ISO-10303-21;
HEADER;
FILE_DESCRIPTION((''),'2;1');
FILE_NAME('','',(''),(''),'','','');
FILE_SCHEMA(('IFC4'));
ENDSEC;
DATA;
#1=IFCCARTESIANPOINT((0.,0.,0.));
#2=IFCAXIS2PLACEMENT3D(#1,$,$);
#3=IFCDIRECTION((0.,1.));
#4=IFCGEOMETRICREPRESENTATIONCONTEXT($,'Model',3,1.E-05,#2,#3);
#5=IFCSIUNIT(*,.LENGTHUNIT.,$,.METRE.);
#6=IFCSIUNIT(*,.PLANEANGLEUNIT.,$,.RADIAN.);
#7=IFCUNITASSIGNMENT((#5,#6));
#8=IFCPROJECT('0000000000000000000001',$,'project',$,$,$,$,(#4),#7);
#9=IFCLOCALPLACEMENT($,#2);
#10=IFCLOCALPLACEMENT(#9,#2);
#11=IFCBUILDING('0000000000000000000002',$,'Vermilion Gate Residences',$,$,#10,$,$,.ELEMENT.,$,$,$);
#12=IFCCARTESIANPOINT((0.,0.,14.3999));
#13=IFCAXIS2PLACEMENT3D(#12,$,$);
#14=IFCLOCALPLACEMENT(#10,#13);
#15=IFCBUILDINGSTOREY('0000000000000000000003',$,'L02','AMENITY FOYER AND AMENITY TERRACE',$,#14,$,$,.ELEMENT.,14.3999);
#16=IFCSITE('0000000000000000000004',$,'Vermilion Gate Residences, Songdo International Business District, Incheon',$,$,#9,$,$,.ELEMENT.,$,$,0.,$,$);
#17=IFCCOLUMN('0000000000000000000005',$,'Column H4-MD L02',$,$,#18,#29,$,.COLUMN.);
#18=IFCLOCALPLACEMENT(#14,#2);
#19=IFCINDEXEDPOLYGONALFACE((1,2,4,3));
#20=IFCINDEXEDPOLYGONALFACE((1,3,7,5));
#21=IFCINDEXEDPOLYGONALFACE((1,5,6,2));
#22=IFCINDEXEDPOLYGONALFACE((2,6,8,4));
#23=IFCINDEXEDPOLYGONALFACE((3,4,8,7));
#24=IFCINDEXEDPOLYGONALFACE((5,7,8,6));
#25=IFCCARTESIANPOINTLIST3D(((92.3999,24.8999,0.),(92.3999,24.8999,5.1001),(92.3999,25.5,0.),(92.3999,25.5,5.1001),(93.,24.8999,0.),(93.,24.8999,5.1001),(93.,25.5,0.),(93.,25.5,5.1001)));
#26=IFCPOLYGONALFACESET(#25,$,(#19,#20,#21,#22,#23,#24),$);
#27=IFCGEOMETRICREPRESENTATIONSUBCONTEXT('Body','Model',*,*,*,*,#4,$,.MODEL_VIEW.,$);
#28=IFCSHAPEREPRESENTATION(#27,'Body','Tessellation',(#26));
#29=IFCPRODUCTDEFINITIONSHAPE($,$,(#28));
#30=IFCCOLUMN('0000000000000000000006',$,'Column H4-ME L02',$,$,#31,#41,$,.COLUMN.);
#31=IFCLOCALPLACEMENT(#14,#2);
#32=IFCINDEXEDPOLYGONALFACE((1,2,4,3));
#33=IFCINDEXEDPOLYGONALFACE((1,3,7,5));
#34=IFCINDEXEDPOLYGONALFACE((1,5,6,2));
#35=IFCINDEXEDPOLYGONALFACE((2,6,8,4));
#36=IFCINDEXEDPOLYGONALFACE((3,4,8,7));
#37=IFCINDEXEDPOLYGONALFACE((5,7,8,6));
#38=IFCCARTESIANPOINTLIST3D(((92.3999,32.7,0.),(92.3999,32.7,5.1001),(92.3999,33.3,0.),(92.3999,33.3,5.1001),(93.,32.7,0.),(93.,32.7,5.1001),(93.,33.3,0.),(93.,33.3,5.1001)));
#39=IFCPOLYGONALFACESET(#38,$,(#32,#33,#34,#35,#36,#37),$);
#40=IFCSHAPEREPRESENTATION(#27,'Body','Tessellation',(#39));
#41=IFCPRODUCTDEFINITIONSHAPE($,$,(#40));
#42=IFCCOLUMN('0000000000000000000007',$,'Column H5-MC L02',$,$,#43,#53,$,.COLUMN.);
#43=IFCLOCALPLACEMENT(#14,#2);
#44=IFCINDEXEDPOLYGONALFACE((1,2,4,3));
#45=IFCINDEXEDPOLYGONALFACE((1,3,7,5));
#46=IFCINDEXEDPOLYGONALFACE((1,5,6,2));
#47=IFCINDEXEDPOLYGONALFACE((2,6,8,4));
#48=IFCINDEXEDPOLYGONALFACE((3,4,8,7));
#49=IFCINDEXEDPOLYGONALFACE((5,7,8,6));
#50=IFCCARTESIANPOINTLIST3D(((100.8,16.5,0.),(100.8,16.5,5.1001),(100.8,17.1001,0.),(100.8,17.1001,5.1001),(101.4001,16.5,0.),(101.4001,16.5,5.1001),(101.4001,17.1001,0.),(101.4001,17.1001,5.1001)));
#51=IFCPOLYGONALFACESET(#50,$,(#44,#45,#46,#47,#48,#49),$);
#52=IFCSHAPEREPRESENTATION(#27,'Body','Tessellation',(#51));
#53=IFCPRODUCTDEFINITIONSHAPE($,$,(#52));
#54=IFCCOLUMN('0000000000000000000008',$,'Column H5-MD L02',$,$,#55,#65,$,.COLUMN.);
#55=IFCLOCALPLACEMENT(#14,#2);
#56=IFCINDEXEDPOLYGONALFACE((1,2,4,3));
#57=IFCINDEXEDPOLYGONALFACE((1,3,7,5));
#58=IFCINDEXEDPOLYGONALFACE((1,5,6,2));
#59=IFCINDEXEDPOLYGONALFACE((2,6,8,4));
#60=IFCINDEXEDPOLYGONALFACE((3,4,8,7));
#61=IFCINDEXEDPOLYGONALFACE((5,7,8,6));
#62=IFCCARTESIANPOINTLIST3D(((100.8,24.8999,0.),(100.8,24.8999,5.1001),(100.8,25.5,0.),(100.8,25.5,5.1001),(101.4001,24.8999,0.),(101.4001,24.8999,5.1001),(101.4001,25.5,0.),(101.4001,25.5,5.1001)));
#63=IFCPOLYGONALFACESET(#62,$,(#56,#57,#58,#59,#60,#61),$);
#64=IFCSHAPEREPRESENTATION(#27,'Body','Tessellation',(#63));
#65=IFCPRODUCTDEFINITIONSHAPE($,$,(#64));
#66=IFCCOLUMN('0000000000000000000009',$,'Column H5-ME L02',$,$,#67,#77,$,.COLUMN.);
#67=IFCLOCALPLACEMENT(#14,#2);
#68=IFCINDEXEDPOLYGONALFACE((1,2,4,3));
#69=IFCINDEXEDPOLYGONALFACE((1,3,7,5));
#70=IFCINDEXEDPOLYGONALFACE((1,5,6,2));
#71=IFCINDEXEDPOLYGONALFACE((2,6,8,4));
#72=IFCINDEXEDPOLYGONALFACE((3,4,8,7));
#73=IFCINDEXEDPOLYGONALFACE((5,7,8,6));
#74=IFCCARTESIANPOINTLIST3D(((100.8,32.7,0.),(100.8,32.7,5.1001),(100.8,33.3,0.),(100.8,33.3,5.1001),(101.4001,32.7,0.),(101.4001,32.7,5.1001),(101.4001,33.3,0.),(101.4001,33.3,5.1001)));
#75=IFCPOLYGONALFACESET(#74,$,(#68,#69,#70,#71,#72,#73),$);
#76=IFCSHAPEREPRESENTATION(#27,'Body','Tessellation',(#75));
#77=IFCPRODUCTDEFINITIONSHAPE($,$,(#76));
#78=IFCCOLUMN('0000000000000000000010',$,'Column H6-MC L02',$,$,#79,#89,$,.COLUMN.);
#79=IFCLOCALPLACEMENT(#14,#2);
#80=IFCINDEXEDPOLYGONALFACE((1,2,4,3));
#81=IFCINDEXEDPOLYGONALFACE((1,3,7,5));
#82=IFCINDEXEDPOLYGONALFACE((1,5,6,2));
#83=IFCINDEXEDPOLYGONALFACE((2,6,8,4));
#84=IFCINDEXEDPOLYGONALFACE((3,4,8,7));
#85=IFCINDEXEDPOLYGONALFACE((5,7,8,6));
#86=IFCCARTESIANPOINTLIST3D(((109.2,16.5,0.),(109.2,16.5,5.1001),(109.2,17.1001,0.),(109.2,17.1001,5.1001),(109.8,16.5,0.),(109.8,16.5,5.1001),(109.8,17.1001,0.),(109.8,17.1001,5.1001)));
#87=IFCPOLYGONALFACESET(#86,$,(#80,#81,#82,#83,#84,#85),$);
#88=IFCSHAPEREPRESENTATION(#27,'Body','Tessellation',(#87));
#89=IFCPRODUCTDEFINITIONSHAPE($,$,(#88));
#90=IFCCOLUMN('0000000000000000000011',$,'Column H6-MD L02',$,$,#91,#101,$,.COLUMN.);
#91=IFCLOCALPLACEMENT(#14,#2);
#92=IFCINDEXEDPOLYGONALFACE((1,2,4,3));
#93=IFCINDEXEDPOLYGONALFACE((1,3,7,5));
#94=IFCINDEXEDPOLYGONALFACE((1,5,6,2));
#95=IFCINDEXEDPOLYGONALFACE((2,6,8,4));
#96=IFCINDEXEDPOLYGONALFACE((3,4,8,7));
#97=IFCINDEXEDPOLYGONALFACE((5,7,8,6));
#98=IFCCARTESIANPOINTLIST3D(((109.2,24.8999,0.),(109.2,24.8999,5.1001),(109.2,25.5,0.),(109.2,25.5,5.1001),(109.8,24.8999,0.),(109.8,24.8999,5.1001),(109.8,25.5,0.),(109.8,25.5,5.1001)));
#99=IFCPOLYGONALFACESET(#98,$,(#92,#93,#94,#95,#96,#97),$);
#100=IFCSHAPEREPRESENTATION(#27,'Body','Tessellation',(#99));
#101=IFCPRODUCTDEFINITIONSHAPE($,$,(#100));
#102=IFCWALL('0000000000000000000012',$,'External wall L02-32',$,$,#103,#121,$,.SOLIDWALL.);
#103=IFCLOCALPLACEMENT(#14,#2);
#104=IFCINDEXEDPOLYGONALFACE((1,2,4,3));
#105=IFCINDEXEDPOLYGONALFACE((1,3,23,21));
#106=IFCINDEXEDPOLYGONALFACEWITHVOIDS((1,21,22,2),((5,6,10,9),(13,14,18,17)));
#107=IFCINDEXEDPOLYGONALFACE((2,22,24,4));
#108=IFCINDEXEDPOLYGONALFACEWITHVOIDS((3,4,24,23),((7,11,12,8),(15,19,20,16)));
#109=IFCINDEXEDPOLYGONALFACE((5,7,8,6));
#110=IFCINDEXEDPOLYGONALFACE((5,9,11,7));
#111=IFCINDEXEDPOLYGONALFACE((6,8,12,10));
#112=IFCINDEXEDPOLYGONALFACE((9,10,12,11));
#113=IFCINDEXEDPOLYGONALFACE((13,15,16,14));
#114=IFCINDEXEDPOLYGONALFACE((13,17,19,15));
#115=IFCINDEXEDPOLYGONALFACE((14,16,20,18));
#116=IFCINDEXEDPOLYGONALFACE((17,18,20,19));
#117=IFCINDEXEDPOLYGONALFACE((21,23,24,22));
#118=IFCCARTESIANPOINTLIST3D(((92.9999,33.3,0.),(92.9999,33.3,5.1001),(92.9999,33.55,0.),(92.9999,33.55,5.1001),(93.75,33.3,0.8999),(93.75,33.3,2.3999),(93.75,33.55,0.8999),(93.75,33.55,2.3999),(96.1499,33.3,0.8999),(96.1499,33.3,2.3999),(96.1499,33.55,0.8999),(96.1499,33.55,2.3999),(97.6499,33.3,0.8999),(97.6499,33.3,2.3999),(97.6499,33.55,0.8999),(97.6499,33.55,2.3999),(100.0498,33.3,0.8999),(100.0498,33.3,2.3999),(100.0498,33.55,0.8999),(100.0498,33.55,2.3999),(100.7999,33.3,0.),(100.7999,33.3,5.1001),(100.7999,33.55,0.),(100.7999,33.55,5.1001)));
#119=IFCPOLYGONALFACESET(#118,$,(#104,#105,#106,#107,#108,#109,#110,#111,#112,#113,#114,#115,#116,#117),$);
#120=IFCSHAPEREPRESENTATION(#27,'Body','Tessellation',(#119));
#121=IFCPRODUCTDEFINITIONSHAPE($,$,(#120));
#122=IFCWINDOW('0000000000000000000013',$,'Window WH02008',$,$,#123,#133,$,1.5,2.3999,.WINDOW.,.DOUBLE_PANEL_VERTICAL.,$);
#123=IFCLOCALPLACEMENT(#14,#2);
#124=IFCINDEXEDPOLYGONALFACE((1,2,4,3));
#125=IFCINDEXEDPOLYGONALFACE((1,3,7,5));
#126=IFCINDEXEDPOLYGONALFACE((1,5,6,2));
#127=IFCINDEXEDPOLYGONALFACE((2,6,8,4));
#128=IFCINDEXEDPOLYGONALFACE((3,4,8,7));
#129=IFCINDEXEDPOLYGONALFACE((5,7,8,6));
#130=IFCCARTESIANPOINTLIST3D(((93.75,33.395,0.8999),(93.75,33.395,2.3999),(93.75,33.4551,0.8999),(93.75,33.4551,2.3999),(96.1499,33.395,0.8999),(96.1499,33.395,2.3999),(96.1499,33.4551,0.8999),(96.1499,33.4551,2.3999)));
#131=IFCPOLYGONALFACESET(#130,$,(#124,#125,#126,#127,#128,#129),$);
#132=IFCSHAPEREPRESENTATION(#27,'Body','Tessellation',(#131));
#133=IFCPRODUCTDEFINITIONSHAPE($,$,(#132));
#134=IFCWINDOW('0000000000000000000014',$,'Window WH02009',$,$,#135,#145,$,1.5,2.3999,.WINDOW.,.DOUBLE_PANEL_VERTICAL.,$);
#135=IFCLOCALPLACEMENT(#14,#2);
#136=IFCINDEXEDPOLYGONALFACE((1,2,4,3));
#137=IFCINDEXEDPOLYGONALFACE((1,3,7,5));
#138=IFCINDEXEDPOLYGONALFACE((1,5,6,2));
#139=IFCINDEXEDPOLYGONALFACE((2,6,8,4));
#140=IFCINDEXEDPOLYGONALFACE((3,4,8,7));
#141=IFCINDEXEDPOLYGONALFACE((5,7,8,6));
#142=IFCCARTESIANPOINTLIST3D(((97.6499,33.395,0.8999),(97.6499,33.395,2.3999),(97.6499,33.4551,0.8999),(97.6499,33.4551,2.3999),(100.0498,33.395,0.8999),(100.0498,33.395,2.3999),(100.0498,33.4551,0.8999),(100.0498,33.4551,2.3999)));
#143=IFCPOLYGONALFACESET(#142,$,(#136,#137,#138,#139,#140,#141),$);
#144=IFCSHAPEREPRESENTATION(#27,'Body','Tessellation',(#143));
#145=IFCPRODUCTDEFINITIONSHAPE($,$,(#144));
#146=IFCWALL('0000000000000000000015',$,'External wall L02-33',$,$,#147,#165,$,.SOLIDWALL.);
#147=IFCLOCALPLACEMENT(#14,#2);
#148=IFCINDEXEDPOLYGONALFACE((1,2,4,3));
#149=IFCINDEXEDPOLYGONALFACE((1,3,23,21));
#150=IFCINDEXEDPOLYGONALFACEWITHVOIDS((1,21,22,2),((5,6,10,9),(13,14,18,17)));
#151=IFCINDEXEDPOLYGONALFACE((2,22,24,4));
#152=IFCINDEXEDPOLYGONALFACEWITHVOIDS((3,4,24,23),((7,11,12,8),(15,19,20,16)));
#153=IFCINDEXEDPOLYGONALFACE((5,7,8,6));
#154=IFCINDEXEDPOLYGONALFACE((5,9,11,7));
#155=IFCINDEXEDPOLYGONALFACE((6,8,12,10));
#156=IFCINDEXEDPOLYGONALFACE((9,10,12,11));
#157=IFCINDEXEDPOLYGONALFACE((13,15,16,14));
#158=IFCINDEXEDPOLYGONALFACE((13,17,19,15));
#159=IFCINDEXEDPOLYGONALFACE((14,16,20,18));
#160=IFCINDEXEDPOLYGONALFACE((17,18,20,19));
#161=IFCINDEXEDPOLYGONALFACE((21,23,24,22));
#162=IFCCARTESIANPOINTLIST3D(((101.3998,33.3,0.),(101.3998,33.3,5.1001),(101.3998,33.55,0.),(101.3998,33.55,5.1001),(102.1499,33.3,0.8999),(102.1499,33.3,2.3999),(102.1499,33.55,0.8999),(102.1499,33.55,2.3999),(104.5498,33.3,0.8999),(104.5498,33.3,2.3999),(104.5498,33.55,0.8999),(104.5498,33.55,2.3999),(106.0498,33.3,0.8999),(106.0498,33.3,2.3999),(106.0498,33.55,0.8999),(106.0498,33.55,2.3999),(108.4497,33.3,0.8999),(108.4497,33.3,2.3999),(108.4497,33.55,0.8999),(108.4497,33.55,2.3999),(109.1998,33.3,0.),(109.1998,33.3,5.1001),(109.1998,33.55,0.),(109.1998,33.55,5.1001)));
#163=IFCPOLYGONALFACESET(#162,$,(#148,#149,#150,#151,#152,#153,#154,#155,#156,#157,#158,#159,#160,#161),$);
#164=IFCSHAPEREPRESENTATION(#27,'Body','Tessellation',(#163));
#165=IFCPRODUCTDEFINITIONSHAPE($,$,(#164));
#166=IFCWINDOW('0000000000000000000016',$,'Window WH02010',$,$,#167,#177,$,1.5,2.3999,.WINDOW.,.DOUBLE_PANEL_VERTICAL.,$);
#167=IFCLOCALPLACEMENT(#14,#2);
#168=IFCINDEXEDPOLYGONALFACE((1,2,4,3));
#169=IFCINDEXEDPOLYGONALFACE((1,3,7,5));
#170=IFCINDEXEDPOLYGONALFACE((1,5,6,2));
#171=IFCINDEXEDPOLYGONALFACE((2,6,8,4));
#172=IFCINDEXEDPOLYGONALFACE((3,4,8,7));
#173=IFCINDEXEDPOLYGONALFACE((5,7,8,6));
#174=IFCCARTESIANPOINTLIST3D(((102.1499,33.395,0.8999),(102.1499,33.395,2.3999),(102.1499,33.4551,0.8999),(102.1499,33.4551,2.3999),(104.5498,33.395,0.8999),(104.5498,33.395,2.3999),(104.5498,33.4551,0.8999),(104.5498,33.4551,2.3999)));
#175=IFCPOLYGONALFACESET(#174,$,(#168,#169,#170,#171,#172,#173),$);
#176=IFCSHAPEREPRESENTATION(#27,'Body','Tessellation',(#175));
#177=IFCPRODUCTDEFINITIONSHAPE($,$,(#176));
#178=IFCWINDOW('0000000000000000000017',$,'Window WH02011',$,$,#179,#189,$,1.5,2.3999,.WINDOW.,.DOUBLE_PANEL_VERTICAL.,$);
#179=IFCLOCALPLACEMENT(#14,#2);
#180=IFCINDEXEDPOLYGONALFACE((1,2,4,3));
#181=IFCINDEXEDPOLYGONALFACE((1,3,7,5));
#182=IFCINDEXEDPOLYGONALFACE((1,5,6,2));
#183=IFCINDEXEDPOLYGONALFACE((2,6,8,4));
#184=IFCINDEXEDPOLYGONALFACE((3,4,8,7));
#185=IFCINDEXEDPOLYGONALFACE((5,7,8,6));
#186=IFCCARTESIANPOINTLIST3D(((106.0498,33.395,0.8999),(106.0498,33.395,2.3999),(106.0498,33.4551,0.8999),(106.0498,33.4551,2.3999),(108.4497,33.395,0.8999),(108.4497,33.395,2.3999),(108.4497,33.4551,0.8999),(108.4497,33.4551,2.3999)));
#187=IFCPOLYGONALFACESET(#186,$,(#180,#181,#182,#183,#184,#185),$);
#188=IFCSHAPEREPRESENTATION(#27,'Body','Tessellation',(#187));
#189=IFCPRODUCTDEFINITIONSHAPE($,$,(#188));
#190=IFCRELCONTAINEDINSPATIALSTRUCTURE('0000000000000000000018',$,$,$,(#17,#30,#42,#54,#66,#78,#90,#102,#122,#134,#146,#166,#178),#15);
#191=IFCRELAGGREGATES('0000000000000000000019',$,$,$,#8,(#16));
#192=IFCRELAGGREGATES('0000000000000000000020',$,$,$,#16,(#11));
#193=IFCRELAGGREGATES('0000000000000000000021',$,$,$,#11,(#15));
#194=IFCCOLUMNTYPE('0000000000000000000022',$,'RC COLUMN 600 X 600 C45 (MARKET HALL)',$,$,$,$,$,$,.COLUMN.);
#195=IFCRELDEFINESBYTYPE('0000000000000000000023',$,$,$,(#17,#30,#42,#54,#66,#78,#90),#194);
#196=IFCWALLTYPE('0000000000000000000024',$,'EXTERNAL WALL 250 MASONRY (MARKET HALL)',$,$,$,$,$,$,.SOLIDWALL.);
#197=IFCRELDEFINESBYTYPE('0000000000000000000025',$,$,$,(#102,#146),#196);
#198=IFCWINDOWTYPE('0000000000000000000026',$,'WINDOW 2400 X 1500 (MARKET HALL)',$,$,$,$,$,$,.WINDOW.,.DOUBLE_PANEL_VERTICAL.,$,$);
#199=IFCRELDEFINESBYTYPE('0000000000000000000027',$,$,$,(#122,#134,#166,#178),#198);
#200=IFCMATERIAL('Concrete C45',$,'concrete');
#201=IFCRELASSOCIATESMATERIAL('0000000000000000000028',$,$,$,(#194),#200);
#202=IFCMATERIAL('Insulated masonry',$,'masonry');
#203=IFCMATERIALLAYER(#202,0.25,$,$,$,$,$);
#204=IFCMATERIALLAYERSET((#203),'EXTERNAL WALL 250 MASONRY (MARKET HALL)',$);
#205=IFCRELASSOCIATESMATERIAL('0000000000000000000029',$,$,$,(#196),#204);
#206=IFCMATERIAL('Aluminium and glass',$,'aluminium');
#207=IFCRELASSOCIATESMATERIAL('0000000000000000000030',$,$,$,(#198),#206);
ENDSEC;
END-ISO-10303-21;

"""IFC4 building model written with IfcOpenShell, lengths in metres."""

from ifc_helpers import new_model, si_unit, direction, frame, frame_2d, origin, origin_2d, place, context, subcontext, project, spatial, rectangle, extrude, material, layer, layer_set, material_profile, profile_set, type_object, element, fill, save


model = new_model("IFC4")

# Units and contexts
model_context = context("Model", 3, precision=1e-05, world=origin(), true_north=direction((0.0, 1.0)))
body_context = subcontext(model_context, "Body", "Model", "MODEL_VIEW")
ifc_project = project(units=[si_unit("LENGTHUNIT", "METRE"), si_unit("PLANEANGLEUNIT", "RADIAN")], contexts=[model_context])

# Site, building, storey
site_placement = place(None, origin())
site = spatial("IfcSite", under=ifc_project, at=site_placement, Name="Vermilion Gate Residences, Songdo International Business District, Incheon", CompositionType="ELEMENT", RefElevation=0.0)
building_placement = place(site_placement, origin())
building = spatial("IfcBuilding", under=site, at=building_placement, Name="Vermilion Gate Residences", CompositionType="ELEMENT")
storey_placement = place(building_placement, frame((0.0, 0.0, 14.3999)))
storey = spatial("IfcBuildingStorey", under=building, at=storey_placement, Name="L02", Description="AMENITY FOYER AND AMENITY TERRACE", CompositionType="ELEMENT", Elevation=14.3999)

# Columns
ifc_material_1 = material(Name="Concrete C45", Category="concrete")
ifc_material_profile = material_profile(ifc_material_1, rectangle(XDim=0.6001, YDim=0.6001, at=origin_2d()), Name="RC COLUMN 600 X 600 C45 (MARKET HALL)")
ifc_profile_set = profile_set([ifc_material_profile], Name="Concrete C45")
column_type = type_object("IfcColumnType", Name="RC COLUMN 600 X 600 C45 (MARKET HALL)", PredefinedType="COLUMN", material=ifc_profile_set)
for number, where, z_axis, x_axis, name in (
    (1, (92.7, 25.2, 0.0), (0.0, 0.0, 1.0), (1.0, 0.0, 0.0), "Column H4-MD L02"),
    (2, (92.7, 33.0, 0.0), (0.0, 0.0, 1.0), (1.0, 0.0, 0.0), "Column H4-ME L02"),
    (3, (101.1001, 16.8, 0.0), (0.0, 0.0, 1.0), (1.0, 0.0, 0.0), "Column H5-MC L02"),
    (4, (101.1001, 25.2, 0.0), (0.0, 0.0, 1.0), (1.0, 0.0, 0.0), "Column H5-MD L02"),
    (5, (101.1001, 33.0, 0.0), (0.0, 0.0, 1.0), (1.0, 0.0, 0.0), "Column H5-ME L02"),
    (6, (109.5, 16.8, 0.0), (0.0, 0.0, 1.0), (1.0, 0.0, 0.0), "Column H6-MC L02"),
    (7, (109.5, 25.2, 0.0), (0.0, 0.0, 1.0), (1.0, 0.0, 0.0), "Column H6-MD L02"),
):
    element("IfcColumn", number, at=place(storey_placement, frame(where, z_axis=z_axis, x_axis=x_axis)), inside=storey, type_object=column_type, Name=name, PredefinedType="COLUMN", context=body_context, shape_type="SweptSolid", body=[
        extrude(rectangle(XDim=0.6001, YDim=0.6001, at=origin_2d()), origin(), (0.0, 0.0, 1.0), 5.1001),
    ])

# Walls, openings, windows
ifc_material_2 = material(Name="Insulated masonry", Category="masonry")
ifc_layer_1 = layer(ifc_material_2, 0.25)
ifc_layer_set_1 = layer_set([ifc_layer_1], Name="EXTERNAL WALL 250 MASONRY (MARKET HALL)")
wall_type_1 = type_object("IfcWallType", Name="EXTERNAL WALL 250 MASONRY (MARKET HALL)", PredefinedType="SOLIDWALL", material=ifc_layer_set_1)
wall_1_placement = place(storey_placement, frame((93.0, 33.425, 0.0), z_axis=(0.0, 0.0, 1.0), x_axis=(1.0, 0.0, 0.0)))
wall_1 = element("IfcWall", 8, at=wall_1_placement, inside=storey, type_object=wall_type_1, Name="External wall L02-32", PredefinedType="SOLIDWALL", context=body_context, shape_type="SweptSolid", body=[
    extrude(rectangle(XDim=7.8, YDim=0.25, at=frame_2d((3.8999, 0.0))), origin(), (0.0, 0.0, 1.0), 5.1001),
])
opening_1_placement = place(wall_1_placement, frame((0.75, 0.0, 0.8999)))
opening_1 = element("IfcOpeningElement", 9, at=opening_1_placement, cuts=wall_1, PredefinedType="OPENING", context=body_context, shape_type="SweptSolid", body=[
    extrude(rectangle(XDim=2.3999, YDim=1.5, at=frame_2d((1.2, 0.75))), frame((0.0, 0.135, 0.0), z_axis=(0.0, -1.0, 0.0), x_axis=(1.0, 0.0, 0.0)), (0.0, 0.0, 1.0), 0.27),
])
opening_2_placement = place(wall_1_placement, frame((4.6499, 0.0, 0.8999)))
opening_2 = element("IfcOpeningElement", 10, at=opening_2_placement, cuts=wall_1, PredefinedType="OPENING", context=body_context, shape_type="SweptSolid", body=[
    extrude(rectangle(XDim=2.3999, YDim=1.5, at=frame_2d((1.2, 0.75))), frame((0.0, 0.135, 0.0), z_axis=(0.0, -1.0, 0.0), x_axis=(1.0, 0.0, 0.0)), (0.0, 0.0, 1.0), 0.27),
])
ifc_material_3 = material(Name="Aluminium and glass", Category="aluminium")
window_type = type_object("IfcWindowType", Name="WINDOW 2400 X 1500 (MARKET HALL)", PartitioningType="DOUBLE_PANEL_VERTICAL", PredefinedType="WINDOW", material=ifc_material_3)
window_1_placement = place(opening_1_placement, origin())
window_1 = element("IfcWindow", 11, at=window_1_placement, inside=storey, type_object=window_type, Name="Window WH02008", OverallHeight=1.5, OverallWidth=2.3999, PartitioningType="DOUBLE_PANEL_VERTICAL", PredefinedType="WINDOW", context=body_context, shape_type="SweptSolid", body=[
    extrude(rectangle(XDim=2.3999, YDim=1.5, at=frame_2d((1.2, 0.75))), frame((0.0, 0.03, 0.0), z_axis=(0.0, -1.0, 0.0), x_axis=(1.0, 0.0, 0.0)), (0.0, 0.0, 1.0), 0.0601),
])
fill(opening_1, window_1)
window_2_placement = place(opening_2_placement, origin())
window_2 = element("IfcWindow", 12, at=window_2_placement, inside=storey, type_object=window_type, Name="Window WH02009", OverallHeight=1.5, OverallWidth=2.3999, PartitioningType="DOUBLE_PANEL_VERTICAL", PredefinedType="WINDOW", context=body_context, shape_type="SweptSolid", body=[
    extrude(rectangle(XDim=2.3999, YDim=1.5, at=frame_2d((1.2, 0.75))), frame((0.0, 0.03, 0.0), z_axis=(0.0, -1.0, 0.0), x_axis=(1.0, 0.0, 0.0)), (0.0, 0.0, 1.0), 0.0601),
])
fill(opening_2, window_2)
wall_2_placement = place(storey_placement, frame((101.3999, 33.425, 0.0), z_axis=(0.0, 0.0, 1.0), x_axis=(1.0, 0.0, 0.0)))
wall_2 = element("IfcWall", 13, at=wall_2_placement, inside=storey, type_object=wall_type_1, Name="External wall L02-33", PredefinedType="SOLIDWALL", context=body_context, shape_type="SweptSolid", body=[
    extrude(rectangle(XDim=7.8, YDim=0.25, at=frame_2d((3.8999, 0.0))), origin(), (0.0, 0.0, 1.0), 5.1001),
])
opening_3_placement = place(wall_2_placement, frame((0.75, 0.0, 0.8999)))
opening_3 = element("IfcOpeningElement", 14, at=opening_3_placement, cuts=wall_2, PredefinedType="OPENING", context=body_context, shape_type="SweptSolid", body=[
    extrude(rectangle(XDim=2.3999, YDim=1.5, at=frame_2d((1.2, 0.75))), frame((0.0, 0.135, 0.0), z_axis=(0.0, -1.0, 0.0), x_axis=(1.0, 0.0, 0.0)), (0.0, 0.0, 1.0), 0.27),
])
opening_4_placement = place(wall_2_placement, frame((4.6499, 0.0, 0.8999)))
opening_4 = element("IfcOpeningElement", 15, at=opening_4_placement, cuts=wall_2, PredefinedType="OPENING", context=body_context, shape_type="SweptSolid", body=[
    extrude(rectangle(XDim=2.3999, YDim=1.5, at=frame_2d((1.2, 0.75))), frame((0.0, 0.135, 0.0), z_axis=(0.0, -1.0, 0.0), x_axis=(1.0, 0.0, 0.0)), (0.0, 0.0, 1.0), 0.27),
])
window_3_placement = place(opening_3_placement, origin())
window_3 = element("IfcWindow", 16, at=window_3_placement, inside=storey, type_object=window_type, Name="Window WH02010", OverallHeight=1.5, OverallWidth=2.3999, PartitioningType="DOUBLE_PANEL_VERTICAL", PredefinedType="WINDOW", context=body_context, shape_type="SweptSolid", body=[
    extrude(rectangle(XDim=2.3999, YDim=1.5, at=frame_2d((1.2, 0.75))), frame((0.0, 0.03, 0.0), z_axis=(0.0, -1.0, 0.0), x_axis=(1.0, 0.0, 0.0)), (0.0, 0.0, 1.0), 0.0601),
])
fill(opening_3, window_3)
window_4_placement = place(opening_4_placement, origin())
window_4 = element("IfcWindow", 17, at=window_4_placement, inside=storey, type_object=window_type, Name="Window WH02011", OverallHeight=1.5, OverallWidth=2.3999, PartitioningType="DOUBLE_PANEL_VERTICAL", PredefinedType="WINDOW", context=body_context, shape_type="SweptSolid", body=[
    extrude(rectangle(XDim=2.3999, YDim=1.5, at=frame_2d((1.2, 0.75))), frame((0.0, 0.03, 0.0), z_axis=(0.0, -1.0, 0.0), x_axis=(1.0, 0.0, 0.0)), (0.0, 0.0, 1.0), 0.0601),
])
fill(opening_4, window_4)

save(model, "model.ifc")
